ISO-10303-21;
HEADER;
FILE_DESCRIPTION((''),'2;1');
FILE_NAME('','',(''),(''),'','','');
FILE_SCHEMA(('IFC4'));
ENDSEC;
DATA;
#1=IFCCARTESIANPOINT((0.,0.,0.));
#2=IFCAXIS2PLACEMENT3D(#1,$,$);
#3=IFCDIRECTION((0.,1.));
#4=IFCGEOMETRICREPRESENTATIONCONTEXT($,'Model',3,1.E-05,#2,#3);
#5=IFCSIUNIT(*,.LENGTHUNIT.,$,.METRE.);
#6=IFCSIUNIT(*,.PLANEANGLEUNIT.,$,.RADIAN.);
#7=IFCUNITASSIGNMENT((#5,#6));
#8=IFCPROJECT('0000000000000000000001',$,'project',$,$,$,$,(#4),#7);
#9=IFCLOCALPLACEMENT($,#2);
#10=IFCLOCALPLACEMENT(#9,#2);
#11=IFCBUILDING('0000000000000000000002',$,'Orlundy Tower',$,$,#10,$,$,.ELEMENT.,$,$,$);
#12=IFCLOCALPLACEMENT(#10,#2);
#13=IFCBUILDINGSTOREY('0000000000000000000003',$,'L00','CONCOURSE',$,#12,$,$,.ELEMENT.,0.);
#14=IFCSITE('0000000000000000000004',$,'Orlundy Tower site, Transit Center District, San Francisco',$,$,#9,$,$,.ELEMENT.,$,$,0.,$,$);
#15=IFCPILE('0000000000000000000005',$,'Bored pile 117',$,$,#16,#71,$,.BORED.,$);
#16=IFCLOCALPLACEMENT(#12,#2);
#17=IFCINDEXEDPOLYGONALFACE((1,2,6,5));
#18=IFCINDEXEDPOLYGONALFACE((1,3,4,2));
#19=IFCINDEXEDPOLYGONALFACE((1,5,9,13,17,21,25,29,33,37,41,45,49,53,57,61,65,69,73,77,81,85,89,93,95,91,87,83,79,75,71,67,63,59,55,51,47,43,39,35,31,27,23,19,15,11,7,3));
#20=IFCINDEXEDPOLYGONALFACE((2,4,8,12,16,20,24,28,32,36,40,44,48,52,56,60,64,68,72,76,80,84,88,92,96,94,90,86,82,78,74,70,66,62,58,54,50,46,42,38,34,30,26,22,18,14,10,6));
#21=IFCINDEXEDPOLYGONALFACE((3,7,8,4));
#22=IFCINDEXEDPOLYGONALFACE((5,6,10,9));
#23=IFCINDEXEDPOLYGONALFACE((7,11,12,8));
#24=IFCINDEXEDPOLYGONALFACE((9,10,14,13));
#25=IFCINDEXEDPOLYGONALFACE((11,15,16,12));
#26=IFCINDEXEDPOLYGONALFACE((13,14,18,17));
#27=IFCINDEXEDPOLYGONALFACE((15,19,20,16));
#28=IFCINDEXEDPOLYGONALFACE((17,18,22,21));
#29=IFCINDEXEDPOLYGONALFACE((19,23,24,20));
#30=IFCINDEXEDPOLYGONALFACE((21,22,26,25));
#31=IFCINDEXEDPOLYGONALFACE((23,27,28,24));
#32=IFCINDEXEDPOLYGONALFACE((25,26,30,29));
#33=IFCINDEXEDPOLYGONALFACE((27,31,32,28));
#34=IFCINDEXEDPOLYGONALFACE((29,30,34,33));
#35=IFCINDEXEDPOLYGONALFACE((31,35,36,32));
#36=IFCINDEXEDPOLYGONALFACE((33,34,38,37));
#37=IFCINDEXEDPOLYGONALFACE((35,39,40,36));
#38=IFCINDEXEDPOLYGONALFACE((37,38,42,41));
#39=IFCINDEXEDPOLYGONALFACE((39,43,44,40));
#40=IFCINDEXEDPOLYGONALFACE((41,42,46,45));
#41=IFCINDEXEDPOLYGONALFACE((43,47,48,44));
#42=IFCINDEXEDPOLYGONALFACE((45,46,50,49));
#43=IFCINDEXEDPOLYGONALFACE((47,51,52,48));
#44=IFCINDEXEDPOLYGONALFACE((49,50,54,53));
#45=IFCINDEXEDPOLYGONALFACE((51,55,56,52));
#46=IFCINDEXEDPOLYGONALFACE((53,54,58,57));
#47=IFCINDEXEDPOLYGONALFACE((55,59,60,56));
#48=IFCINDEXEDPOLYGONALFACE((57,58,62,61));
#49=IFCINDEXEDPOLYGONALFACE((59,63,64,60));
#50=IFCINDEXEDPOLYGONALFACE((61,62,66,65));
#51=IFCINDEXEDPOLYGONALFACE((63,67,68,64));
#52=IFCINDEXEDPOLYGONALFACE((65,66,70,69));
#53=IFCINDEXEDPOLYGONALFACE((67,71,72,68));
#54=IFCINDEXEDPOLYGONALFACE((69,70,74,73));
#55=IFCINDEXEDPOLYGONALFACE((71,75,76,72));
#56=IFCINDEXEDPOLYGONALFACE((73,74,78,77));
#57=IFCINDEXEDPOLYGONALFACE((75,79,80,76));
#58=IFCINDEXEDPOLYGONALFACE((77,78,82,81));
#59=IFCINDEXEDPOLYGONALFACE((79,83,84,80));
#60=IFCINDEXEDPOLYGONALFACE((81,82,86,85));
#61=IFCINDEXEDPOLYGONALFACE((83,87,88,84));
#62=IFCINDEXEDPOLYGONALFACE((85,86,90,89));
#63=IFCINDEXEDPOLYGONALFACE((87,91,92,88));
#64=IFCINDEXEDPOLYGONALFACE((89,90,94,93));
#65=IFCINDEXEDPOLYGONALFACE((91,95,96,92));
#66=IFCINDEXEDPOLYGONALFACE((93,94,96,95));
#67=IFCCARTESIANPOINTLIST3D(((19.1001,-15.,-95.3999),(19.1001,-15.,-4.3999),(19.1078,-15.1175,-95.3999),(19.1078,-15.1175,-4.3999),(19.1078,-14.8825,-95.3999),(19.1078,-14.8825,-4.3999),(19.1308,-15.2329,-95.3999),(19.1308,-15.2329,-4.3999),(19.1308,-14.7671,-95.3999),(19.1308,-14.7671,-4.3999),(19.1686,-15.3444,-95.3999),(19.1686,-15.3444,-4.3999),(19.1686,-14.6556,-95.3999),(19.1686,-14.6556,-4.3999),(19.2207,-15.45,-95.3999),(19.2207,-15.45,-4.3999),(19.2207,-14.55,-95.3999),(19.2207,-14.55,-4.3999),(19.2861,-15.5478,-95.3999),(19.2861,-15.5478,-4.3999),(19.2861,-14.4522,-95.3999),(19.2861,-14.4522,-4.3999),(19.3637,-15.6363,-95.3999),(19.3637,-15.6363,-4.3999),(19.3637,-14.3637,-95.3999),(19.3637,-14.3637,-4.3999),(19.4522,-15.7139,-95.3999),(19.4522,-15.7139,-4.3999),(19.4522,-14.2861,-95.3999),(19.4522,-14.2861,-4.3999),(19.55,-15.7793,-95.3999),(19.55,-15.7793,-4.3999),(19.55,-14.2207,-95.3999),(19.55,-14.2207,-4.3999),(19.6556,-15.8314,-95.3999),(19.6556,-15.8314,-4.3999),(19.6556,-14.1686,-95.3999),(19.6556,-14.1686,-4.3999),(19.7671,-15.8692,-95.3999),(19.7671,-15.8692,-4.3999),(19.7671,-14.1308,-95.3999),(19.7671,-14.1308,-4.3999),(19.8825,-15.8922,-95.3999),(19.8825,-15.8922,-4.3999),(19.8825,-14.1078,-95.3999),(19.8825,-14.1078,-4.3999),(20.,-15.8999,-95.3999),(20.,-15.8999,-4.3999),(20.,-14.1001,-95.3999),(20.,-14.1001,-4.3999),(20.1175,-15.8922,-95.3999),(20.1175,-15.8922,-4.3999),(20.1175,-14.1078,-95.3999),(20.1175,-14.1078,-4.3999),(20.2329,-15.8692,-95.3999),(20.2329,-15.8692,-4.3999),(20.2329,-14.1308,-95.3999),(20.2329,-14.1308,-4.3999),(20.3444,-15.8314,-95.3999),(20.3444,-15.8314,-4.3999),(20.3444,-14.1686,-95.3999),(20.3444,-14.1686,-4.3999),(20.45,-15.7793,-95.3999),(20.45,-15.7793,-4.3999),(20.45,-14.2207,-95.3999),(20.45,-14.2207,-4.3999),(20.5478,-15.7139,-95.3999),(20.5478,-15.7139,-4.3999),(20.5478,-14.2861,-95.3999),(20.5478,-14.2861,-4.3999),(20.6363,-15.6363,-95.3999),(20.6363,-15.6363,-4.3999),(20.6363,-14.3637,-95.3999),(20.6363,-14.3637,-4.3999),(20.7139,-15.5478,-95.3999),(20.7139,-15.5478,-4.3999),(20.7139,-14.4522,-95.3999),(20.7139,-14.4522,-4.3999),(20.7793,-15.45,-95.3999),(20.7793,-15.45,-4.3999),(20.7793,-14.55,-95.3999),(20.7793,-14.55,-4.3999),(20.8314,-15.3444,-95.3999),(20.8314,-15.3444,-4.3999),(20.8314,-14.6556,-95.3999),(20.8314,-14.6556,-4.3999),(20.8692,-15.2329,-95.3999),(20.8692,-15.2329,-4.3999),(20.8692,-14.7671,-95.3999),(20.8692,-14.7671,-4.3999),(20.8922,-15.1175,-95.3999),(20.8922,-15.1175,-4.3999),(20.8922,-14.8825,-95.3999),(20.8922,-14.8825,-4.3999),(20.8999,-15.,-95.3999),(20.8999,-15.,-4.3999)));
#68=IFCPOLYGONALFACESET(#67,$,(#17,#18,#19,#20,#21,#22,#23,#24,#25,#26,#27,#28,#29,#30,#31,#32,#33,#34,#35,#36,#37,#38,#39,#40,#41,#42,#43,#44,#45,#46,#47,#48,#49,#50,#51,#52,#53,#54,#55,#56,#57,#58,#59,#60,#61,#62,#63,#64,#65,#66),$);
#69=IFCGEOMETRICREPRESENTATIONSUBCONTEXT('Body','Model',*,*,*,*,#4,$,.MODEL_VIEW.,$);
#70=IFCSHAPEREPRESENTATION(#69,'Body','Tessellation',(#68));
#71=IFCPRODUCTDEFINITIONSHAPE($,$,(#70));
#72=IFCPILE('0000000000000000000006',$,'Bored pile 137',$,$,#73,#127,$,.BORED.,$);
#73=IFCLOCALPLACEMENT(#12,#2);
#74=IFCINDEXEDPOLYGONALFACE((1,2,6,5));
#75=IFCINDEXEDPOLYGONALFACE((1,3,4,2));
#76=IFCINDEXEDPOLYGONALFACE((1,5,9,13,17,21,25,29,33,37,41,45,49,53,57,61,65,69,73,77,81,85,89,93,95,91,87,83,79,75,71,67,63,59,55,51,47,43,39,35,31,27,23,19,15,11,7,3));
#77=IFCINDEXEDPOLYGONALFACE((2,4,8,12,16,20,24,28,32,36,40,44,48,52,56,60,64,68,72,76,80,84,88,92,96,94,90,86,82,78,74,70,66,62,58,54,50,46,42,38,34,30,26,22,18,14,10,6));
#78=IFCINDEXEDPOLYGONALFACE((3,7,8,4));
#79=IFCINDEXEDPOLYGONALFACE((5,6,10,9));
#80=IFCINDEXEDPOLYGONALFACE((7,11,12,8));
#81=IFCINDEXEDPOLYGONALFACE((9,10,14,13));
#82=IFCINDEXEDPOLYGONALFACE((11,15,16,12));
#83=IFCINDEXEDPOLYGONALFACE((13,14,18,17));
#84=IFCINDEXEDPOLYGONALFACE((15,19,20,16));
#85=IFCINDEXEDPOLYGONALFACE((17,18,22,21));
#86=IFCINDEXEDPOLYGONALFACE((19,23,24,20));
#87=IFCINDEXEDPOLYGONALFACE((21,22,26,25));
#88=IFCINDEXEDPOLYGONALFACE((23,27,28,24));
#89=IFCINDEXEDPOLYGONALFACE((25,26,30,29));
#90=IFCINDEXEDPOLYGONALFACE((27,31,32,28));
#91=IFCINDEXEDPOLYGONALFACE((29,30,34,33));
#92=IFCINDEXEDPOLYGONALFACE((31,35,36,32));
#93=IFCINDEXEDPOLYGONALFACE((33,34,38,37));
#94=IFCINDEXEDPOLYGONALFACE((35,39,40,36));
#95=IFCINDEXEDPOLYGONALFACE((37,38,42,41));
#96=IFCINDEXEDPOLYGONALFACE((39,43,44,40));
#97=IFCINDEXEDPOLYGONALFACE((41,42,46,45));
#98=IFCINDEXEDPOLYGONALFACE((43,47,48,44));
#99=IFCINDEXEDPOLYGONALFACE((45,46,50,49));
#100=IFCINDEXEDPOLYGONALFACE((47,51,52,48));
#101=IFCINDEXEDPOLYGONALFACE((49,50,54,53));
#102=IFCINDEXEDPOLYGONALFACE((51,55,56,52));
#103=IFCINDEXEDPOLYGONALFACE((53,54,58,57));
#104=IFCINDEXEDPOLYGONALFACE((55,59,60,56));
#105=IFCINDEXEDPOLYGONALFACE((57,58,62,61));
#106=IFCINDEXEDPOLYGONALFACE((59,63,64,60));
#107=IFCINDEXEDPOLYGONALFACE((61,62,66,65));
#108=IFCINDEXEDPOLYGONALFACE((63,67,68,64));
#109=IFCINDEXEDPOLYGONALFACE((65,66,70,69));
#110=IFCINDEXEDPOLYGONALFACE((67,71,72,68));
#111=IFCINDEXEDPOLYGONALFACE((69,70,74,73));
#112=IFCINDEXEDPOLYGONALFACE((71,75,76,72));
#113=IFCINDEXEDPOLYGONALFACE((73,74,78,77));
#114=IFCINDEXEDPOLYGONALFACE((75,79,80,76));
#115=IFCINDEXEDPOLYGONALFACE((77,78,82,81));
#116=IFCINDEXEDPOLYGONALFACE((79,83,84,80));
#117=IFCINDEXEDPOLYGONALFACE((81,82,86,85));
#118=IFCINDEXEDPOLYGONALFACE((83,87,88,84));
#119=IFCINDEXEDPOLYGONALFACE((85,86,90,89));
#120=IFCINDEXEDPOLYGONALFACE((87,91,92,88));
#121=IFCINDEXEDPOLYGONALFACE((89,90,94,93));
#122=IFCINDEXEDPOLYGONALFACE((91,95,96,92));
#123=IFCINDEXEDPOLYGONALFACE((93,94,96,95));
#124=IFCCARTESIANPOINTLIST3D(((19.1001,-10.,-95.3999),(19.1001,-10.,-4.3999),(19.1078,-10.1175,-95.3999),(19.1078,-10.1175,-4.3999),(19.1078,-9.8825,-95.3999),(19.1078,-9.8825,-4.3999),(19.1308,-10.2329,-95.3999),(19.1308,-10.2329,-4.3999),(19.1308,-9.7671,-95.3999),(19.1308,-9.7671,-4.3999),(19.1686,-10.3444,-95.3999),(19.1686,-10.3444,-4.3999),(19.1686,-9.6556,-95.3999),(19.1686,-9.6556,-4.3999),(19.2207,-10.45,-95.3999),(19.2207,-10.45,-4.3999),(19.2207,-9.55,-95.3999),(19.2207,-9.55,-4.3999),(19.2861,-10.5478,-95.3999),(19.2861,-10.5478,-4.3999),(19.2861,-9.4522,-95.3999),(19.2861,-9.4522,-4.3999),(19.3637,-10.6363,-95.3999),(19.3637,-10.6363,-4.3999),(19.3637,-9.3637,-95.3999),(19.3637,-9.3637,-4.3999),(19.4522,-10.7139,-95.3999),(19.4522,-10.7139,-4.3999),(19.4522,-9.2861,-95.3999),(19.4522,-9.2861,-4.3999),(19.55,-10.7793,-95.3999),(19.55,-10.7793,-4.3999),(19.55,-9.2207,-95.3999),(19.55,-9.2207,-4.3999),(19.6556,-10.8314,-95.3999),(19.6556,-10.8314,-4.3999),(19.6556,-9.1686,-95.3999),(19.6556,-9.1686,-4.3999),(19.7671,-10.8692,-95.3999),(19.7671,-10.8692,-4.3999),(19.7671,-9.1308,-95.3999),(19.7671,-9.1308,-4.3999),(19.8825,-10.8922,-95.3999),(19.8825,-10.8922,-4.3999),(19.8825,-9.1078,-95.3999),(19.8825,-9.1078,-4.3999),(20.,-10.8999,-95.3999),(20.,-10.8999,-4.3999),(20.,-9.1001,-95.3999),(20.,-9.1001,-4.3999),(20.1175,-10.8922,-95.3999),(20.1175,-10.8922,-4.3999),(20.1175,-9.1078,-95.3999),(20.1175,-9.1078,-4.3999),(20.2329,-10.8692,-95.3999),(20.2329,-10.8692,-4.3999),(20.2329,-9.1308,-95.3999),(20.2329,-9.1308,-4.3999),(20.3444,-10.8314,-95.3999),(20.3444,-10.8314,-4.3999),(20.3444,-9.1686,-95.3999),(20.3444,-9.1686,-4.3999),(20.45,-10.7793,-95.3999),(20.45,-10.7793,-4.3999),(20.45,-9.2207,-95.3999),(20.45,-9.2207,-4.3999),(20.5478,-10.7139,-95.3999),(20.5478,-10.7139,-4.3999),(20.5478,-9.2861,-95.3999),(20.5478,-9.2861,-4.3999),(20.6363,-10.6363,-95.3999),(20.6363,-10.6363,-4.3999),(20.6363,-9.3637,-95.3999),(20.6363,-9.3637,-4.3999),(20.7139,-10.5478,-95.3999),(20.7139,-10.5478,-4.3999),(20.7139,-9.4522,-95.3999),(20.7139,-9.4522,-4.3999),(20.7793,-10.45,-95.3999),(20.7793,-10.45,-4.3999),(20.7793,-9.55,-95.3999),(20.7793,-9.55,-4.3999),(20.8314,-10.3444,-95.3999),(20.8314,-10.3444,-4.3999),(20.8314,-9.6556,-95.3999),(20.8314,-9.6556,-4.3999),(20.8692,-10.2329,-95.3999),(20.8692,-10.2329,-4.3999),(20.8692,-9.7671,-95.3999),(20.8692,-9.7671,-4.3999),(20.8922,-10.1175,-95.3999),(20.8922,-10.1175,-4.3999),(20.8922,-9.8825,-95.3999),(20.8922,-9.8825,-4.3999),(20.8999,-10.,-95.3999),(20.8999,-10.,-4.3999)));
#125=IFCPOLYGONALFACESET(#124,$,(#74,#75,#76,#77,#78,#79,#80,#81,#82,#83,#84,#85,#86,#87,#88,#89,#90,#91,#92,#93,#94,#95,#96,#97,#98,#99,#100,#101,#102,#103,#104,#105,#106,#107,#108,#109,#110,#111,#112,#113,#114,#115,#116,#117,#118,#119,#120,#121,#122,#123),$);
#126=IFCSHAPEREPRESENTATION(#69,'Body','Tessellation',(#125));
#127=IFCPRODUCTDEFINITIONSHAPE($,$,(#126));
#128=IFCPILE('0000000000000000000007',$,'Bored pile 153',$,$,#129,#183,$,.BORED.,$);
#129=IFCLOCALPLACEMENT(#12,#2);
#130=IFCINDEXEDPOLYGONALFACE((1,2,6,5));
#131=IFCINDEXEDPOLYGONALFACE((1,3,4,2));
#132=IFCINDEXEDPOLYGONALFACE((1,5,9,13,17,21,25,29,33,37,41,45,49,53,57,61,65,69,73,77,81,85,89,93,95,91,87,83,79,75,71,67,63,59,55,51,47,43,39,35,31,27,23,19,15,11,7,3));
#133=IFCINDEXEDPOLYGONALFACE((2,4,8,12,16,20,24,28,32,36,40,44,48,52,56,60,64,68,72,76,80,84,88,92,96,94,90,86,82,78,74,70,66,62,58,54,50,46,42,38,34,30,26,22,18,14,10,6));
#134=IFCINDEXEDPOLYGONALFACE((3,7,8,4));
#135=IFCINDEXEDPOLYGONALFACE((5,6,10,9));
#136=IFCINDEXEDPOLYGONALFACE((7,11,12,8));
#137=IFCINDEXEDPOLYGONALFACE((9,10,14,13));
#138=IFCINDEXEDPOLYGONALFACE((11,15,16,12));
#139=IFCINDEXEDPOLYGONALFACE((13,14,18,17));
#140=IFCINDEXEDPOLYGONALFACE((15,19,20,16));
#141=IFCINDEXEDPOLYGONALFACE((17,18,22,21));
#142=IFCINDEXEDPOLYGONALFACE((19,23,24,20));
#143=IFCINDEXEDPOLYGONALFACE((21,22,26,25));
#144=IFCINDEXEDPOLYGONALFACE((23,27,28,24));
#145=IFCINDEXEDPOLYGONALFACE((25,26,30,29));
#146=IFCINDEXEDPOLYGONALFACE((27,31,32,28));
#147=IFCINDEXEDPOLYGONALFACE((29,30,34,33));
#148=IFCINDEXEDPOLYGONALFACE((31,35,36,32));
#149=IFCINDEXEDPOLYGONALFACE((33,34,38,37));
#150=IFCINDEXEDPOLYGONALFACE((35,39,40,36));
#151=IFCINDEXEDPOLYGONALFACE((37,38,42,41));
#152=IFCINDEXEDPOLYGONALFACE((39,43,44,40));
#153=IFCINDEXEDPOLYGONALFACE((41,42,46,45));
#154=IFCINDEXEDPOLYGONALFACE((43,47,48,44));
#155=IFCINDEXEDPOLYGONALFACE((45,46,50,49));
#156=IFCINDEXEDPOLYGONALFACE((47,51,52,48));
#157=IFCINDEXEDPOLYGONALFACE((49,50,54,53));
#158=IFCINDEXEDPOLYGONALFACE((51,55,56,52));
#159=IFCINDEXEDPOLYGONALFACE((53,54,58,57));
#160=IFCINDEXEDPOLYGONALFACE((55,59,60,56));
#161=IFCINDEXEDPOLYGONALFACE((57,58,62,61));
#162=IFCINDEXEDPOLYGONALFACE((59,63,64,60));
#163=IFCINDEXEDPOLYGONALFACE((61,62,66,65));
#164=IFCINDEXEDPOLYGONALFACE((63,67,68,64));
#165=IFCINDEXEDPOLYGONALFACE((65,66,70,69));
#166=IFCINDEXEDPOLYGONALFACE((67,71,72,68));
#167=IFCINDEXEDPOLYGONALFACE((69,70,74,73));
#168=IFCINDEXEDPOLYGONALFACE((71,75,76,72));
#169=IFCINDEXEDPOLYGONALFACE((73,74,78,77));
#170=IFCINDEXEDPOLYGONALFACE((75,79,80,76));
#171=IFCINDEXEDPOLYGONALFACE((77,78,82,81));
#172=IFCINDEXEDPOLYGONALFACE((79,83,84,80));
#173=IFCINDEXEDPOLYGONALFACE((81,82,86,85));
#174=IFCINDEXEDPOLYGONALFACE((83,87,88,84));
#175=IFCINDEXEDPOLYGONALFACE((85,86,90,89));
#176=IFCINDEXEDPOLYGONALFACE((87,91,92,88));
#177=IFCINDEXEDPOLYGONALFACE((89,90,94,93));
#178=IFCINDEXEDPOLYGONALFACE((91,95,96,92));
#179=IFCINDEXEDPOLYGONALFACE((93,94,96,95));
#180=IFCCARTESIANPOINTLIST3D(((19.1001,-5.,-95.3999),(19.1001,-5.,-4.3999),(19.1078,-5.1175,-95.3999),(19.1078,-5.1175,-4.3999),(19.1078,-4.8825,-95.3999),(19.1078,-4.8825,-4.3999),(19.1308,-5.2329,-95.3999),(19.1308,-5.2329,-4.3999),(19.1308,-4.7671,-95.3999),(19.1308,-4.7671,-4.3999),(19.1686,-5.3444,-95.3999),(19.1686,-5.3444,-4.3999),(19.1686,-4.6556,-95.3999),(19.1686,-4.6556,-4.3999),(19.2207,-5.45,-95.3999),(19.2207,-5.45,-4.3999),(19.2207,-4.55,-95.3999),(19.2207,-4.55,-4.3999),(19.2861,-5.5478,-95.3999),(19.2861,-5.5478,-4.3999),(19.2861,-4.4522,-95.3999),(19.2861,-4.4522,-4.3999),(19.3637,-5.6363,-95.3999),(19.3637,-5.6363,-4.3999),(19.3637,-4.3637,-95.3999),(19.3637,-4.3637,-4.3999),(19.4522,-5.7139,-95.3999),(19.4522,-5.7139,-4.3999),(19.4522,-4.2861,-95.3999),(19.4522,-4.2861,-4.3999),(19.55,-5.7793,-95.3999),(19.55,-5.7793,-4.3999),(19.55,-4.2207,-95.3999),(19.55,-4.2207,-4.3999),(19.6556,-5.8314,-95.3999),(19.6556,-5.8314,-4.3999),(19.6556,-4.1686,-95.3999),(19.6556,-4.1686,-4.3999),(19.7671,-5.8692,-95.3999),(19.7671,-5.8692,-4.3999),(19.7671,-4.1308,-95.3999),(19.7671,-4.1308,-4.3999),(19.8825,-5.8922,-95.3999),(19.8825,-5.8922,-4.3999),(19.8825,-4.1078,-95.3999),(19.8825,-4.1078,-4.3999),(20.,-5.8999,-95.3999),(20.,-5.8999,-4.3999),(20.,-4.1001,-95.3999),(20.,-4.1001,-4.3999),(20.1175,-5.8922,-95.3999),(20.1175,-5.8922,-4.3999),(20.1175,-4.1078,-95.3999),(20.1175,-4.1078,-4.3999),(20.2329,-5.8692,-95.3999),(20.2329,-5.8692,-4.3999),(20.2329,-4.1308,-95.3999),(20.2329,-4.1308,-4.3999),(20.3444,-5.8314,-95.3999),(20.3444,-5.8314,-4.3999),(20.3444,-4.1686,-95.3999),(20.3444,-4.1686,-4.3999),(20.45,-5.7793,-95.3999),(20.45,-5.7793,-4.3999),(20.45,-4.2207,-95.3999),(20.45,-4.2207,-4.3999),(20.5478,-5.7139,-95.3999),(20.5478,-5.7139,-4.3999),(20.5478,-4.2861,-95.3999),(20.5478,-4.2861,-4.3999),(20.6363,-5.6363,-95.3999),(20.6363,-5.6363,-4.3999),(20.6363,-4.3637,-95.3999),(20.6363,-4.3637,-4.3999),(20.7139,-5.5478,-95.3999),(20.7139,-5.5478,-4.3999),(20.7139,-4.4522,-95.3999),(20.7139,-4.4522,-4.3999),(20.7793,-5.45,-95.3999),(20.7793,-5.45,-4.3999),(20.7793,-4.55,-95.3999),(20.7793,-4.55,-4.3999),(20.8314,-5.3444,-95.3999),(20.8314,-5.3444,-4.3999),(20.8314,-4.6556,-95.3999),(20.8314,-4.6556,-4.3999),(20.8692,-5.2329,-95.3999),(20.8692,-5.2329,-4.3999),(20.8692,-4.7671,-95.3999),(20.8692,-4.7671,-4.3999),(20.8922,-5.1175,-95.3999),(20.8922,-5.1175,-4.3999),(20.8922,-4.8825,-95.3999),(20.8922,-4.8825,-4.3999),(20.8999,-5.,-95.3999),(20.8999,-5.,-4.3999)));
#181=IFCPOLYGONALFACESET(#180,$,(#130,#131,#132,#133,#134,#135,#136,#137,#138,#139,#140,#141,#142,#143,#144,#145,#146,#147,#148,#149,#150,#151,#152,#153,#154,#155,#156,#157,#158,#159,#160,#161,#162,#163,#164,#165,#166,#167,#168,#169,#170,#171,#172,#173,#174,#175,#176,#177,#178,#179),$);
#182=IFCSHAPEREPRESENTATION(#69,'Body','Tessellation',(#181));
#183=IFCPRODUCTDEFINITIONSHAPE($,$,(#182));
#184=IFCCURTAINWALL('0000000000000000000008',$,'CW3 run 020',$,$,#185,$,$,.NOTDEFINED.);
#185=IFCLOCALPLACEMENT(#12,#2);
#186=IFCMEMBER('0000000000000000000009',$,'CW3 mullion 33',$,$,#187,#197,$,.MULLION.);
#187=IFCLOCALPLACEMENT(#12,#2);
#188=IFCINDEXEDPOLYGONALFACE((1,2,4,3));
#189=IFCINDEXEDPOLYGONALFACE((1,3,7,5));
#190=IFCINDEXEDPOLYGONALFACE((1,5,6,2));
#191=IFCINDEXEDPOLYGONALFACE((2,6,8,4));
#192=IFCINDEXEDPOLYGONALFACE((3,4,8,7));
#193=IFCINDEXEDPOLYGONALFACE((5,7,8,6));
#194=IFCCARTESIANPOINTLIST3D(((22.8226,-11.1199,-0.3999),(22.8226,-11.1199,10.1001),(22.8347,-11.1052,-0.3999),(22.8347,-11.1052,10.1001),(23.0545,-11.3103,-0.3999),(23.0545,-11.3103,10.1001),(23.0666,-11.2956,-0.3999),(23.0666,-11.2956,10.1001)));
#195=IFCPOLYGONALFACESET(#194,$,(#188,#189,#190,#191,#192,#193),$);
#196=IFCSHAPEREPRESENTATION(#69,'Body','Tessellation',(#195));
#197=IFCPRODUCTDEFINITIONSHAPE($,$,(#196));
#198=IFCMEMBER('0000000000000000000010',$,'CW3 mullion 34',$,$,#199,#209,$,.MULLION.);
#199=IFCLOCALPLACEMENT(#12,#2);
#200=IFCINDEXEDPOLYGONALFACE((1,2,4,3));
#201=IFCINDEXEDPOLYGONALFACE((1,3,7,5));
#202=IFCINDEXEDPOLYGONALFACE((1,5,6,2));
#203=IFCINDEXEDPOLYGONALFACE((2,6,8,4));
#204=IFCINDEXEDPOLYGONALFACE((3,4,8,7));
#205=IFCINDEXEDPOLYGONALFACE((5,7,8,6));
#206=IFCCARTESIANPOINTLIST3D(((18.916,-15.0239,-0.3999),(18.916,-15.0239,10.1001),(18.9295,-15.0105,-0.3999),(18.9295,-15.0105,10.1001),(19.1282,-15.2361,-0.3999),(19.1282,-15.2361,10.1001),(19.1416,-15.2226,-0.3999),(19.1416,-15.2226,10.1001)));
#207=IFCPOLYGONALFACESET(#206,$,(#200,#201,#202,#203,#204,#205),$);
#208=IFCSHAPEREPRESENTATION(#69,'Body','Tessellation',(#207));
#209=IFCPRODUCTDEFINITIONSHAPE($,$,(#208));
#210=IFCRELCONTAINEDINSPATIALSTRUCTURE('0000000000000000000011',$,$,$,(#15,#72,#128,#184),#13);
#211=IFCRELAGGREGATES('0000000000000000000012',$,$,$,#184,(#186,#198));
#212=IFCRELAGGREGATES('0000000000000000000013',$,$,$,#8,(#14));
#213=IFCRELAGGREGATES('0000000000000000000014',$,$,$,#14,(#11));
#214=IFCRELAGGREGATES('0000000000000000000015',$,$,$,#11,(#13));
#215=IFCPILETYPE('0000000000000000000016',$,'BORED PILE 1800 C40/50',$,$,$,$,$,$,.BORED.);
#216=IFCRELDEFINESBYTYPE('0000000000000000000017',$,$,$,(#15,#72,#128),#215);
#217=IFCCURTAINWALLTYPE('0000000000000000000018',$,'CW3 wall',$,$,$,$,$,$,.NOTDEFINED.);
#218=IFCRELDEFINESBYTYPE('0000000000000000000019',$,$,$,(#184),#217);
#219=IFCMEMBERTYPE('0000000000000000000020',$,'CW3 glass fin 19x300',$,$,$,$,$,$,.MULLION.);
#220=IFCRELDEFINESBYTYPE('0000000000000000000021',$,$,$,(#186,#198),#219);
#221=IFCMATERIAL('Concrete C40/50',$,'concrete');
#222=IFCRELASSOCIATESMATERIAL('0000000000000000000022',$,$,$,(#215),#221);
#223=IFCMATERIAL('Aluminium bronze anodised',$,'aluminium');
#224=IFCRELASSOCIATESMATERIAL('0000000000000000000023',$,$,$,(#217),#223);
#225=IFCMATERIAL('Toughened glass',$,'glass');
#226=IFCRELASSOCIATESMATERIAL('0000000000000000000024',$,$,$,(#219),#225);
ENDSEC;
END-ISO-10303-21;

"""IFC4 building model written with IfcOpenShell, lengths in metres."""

from ifc_helpers import new_model, si_unit, direction, frame, origin, origin_2d, place, context, subcontext, project, spatial, rectangle, circle, extrude, material, material_profile, profile_set, type_object, element, aggregate, save


model = new_model("IFC4")

# Units and contexts
model_context = context("Model", 3, precision=1e-05, world=origin(), true_north=direction((0.0, 1.0)))
body_context = subcontext(model_context, "Body", "Model", "MODEL_VIEW")
ifc_project = project(units=[si_unit("LENGTHUNIT", "METRE"), si_unit("PLANEANGLEUNIT", "RADIAN")], contexts=[model_context])

# Site, building, storey
site_placement = place(None, origin())
site = spatial("IfcSite", under=ifc_project, at=site_placement, Name="Orlundy Tower site, Transit Center District, San Francisco", CompositionType="ELEMENT", RefElevation=0.0)
building_placement = place(site_placement, origin())
building = spatial("IfcBuilding", under=site, at=building_placement, Name="Orlundy Tower", CompositionType="ELEMENT")
storey_placement = place(building_placement, origin())
storey = spatial("IfcBuildingStorey", under=building, at=storey_placement, Name="L00", Description="CONCOURSE", CompositionType="ELEMENT", Elevation=0.0)

# Piles
ifc_material_1 = material(Name="Concrete C40/50", Category="concrete")
ifc_material_profile_1 = material_profile(ifc_material_1, circle(Radius=0.8999, at=origin_2d()), Name="BP1800")
ifc_profile_set_1 = profile_set([ifc_material_profile_1], Name="Concrete C40/50")
pile_type = type_object("IfcPileType", Name="BORED PILE 1800 C40/50", PredefinedType="BORED", material=ifc_profile_set_1)
for number, where, z_axis, x_axis, name in (
    (1, (20.0, -15.0, -4.3999), (0.0, 0.0, -1.0), (1.0, 0.0, 0.0), "Bored pile 117"),
    (2, (20.0, -10.0, -4.3999), (0.0, 0.0, -1.0), (1.0, 0.0, 0.0), "Bored pile 137"),
    (3, (20.0, -5.0, -4.3999), (0.0, 0.0, -1.0), (1.0, 0.0, 0.0), "Bored pile 153"),
):
    element("IfcPile", number, at=place(storey_placement, frame(where, z_axis=z_axis, x_axis=x_axis)), inside=storey, type_object=pile_type, Name=name, PredefinedType="BORED", context=body_context, shape_type="SweptSolid", body=[
        extrude(circle(Radius=0.8999, at=origin_2d()), origin(), (0.0, 0.0, 1.0), 91.0),
    ])

# Curtain wall, members
ifc_material_2 = material(Name="Aluminium bronze anodised", Category="aluminium")
curtain_wall_type = type_object("IfcCurtainWallType", Name="CW3 wall", PredefinedType="NOTDEFINED", material=ifc_material_2)
curtain_wall_placement = place(storey_placement, origin())
curtain_wall = element("IfcCurtainWall", 4, at=curtain_wall_placement, inside=storey, type_object=curtain_wall_type, Name="CW3 run 020", PredefinedType="NOTDEFINED")
ifc_material_3 = material(Name="Toughened glass", Category="glass")
ifc_material_profile_2 = material_profile(ifc_material_3, rectangle(XDim=0.3, YDim=0.019, at=origin_2d()), Name="CW3 glass fin 19x300")
ifc_profile_set_2 = profile_set([ifc_material_profile_2], Name="Toughened glass")
member_type_1 = type_object("IfcMemberType", Name="CW3 glass fin 19x300", PredefinedType="MULLION", material=ifc_profile_set_2)
member_1_placement = place(storey_placement, frame((22.9446, -11.2078, -0.3999), z_axis=(0.0, 0.0, 1.0), x_axis=(0.772778, -0.634676, 0.0)))
member_1 = element("IfcMember", 5, at=member_1_placement, type_object=member_type_1, Name="CW3 mullion 33", PredefinedType="MULLION", context=body_context, shape_type="SweptSolid", body=[
    extrude(rectangle(XDim=0.3, YDim=0.019, at=origin_2d()), origin(), (0.0, 0.0, 1.0), 10.5),
])
member_2_placement = place(storey_placement, frame((19.0288, -15.1233, -0.3999), z_axis=(0.0, 0.0, 1.0), x_axis=(0.707107, -0.707107, 0.0)))
member_2 = element("IfcMember", 6, at=member_2_placement, type_object=member_type_1, Name="CW3 mullion 34", PredefinedType="MULLION", context=body_context, shape_type="SweptSolid", body=[
    extrude(rectangle(XDim=0.3, YDim=0.019, at=origin_2d()), origin(), (0.0, 0.0, 1.0), 10.5),
])
aggregate(curtain_wall, [member_1, member_2])

save(model, "model.ifc")
